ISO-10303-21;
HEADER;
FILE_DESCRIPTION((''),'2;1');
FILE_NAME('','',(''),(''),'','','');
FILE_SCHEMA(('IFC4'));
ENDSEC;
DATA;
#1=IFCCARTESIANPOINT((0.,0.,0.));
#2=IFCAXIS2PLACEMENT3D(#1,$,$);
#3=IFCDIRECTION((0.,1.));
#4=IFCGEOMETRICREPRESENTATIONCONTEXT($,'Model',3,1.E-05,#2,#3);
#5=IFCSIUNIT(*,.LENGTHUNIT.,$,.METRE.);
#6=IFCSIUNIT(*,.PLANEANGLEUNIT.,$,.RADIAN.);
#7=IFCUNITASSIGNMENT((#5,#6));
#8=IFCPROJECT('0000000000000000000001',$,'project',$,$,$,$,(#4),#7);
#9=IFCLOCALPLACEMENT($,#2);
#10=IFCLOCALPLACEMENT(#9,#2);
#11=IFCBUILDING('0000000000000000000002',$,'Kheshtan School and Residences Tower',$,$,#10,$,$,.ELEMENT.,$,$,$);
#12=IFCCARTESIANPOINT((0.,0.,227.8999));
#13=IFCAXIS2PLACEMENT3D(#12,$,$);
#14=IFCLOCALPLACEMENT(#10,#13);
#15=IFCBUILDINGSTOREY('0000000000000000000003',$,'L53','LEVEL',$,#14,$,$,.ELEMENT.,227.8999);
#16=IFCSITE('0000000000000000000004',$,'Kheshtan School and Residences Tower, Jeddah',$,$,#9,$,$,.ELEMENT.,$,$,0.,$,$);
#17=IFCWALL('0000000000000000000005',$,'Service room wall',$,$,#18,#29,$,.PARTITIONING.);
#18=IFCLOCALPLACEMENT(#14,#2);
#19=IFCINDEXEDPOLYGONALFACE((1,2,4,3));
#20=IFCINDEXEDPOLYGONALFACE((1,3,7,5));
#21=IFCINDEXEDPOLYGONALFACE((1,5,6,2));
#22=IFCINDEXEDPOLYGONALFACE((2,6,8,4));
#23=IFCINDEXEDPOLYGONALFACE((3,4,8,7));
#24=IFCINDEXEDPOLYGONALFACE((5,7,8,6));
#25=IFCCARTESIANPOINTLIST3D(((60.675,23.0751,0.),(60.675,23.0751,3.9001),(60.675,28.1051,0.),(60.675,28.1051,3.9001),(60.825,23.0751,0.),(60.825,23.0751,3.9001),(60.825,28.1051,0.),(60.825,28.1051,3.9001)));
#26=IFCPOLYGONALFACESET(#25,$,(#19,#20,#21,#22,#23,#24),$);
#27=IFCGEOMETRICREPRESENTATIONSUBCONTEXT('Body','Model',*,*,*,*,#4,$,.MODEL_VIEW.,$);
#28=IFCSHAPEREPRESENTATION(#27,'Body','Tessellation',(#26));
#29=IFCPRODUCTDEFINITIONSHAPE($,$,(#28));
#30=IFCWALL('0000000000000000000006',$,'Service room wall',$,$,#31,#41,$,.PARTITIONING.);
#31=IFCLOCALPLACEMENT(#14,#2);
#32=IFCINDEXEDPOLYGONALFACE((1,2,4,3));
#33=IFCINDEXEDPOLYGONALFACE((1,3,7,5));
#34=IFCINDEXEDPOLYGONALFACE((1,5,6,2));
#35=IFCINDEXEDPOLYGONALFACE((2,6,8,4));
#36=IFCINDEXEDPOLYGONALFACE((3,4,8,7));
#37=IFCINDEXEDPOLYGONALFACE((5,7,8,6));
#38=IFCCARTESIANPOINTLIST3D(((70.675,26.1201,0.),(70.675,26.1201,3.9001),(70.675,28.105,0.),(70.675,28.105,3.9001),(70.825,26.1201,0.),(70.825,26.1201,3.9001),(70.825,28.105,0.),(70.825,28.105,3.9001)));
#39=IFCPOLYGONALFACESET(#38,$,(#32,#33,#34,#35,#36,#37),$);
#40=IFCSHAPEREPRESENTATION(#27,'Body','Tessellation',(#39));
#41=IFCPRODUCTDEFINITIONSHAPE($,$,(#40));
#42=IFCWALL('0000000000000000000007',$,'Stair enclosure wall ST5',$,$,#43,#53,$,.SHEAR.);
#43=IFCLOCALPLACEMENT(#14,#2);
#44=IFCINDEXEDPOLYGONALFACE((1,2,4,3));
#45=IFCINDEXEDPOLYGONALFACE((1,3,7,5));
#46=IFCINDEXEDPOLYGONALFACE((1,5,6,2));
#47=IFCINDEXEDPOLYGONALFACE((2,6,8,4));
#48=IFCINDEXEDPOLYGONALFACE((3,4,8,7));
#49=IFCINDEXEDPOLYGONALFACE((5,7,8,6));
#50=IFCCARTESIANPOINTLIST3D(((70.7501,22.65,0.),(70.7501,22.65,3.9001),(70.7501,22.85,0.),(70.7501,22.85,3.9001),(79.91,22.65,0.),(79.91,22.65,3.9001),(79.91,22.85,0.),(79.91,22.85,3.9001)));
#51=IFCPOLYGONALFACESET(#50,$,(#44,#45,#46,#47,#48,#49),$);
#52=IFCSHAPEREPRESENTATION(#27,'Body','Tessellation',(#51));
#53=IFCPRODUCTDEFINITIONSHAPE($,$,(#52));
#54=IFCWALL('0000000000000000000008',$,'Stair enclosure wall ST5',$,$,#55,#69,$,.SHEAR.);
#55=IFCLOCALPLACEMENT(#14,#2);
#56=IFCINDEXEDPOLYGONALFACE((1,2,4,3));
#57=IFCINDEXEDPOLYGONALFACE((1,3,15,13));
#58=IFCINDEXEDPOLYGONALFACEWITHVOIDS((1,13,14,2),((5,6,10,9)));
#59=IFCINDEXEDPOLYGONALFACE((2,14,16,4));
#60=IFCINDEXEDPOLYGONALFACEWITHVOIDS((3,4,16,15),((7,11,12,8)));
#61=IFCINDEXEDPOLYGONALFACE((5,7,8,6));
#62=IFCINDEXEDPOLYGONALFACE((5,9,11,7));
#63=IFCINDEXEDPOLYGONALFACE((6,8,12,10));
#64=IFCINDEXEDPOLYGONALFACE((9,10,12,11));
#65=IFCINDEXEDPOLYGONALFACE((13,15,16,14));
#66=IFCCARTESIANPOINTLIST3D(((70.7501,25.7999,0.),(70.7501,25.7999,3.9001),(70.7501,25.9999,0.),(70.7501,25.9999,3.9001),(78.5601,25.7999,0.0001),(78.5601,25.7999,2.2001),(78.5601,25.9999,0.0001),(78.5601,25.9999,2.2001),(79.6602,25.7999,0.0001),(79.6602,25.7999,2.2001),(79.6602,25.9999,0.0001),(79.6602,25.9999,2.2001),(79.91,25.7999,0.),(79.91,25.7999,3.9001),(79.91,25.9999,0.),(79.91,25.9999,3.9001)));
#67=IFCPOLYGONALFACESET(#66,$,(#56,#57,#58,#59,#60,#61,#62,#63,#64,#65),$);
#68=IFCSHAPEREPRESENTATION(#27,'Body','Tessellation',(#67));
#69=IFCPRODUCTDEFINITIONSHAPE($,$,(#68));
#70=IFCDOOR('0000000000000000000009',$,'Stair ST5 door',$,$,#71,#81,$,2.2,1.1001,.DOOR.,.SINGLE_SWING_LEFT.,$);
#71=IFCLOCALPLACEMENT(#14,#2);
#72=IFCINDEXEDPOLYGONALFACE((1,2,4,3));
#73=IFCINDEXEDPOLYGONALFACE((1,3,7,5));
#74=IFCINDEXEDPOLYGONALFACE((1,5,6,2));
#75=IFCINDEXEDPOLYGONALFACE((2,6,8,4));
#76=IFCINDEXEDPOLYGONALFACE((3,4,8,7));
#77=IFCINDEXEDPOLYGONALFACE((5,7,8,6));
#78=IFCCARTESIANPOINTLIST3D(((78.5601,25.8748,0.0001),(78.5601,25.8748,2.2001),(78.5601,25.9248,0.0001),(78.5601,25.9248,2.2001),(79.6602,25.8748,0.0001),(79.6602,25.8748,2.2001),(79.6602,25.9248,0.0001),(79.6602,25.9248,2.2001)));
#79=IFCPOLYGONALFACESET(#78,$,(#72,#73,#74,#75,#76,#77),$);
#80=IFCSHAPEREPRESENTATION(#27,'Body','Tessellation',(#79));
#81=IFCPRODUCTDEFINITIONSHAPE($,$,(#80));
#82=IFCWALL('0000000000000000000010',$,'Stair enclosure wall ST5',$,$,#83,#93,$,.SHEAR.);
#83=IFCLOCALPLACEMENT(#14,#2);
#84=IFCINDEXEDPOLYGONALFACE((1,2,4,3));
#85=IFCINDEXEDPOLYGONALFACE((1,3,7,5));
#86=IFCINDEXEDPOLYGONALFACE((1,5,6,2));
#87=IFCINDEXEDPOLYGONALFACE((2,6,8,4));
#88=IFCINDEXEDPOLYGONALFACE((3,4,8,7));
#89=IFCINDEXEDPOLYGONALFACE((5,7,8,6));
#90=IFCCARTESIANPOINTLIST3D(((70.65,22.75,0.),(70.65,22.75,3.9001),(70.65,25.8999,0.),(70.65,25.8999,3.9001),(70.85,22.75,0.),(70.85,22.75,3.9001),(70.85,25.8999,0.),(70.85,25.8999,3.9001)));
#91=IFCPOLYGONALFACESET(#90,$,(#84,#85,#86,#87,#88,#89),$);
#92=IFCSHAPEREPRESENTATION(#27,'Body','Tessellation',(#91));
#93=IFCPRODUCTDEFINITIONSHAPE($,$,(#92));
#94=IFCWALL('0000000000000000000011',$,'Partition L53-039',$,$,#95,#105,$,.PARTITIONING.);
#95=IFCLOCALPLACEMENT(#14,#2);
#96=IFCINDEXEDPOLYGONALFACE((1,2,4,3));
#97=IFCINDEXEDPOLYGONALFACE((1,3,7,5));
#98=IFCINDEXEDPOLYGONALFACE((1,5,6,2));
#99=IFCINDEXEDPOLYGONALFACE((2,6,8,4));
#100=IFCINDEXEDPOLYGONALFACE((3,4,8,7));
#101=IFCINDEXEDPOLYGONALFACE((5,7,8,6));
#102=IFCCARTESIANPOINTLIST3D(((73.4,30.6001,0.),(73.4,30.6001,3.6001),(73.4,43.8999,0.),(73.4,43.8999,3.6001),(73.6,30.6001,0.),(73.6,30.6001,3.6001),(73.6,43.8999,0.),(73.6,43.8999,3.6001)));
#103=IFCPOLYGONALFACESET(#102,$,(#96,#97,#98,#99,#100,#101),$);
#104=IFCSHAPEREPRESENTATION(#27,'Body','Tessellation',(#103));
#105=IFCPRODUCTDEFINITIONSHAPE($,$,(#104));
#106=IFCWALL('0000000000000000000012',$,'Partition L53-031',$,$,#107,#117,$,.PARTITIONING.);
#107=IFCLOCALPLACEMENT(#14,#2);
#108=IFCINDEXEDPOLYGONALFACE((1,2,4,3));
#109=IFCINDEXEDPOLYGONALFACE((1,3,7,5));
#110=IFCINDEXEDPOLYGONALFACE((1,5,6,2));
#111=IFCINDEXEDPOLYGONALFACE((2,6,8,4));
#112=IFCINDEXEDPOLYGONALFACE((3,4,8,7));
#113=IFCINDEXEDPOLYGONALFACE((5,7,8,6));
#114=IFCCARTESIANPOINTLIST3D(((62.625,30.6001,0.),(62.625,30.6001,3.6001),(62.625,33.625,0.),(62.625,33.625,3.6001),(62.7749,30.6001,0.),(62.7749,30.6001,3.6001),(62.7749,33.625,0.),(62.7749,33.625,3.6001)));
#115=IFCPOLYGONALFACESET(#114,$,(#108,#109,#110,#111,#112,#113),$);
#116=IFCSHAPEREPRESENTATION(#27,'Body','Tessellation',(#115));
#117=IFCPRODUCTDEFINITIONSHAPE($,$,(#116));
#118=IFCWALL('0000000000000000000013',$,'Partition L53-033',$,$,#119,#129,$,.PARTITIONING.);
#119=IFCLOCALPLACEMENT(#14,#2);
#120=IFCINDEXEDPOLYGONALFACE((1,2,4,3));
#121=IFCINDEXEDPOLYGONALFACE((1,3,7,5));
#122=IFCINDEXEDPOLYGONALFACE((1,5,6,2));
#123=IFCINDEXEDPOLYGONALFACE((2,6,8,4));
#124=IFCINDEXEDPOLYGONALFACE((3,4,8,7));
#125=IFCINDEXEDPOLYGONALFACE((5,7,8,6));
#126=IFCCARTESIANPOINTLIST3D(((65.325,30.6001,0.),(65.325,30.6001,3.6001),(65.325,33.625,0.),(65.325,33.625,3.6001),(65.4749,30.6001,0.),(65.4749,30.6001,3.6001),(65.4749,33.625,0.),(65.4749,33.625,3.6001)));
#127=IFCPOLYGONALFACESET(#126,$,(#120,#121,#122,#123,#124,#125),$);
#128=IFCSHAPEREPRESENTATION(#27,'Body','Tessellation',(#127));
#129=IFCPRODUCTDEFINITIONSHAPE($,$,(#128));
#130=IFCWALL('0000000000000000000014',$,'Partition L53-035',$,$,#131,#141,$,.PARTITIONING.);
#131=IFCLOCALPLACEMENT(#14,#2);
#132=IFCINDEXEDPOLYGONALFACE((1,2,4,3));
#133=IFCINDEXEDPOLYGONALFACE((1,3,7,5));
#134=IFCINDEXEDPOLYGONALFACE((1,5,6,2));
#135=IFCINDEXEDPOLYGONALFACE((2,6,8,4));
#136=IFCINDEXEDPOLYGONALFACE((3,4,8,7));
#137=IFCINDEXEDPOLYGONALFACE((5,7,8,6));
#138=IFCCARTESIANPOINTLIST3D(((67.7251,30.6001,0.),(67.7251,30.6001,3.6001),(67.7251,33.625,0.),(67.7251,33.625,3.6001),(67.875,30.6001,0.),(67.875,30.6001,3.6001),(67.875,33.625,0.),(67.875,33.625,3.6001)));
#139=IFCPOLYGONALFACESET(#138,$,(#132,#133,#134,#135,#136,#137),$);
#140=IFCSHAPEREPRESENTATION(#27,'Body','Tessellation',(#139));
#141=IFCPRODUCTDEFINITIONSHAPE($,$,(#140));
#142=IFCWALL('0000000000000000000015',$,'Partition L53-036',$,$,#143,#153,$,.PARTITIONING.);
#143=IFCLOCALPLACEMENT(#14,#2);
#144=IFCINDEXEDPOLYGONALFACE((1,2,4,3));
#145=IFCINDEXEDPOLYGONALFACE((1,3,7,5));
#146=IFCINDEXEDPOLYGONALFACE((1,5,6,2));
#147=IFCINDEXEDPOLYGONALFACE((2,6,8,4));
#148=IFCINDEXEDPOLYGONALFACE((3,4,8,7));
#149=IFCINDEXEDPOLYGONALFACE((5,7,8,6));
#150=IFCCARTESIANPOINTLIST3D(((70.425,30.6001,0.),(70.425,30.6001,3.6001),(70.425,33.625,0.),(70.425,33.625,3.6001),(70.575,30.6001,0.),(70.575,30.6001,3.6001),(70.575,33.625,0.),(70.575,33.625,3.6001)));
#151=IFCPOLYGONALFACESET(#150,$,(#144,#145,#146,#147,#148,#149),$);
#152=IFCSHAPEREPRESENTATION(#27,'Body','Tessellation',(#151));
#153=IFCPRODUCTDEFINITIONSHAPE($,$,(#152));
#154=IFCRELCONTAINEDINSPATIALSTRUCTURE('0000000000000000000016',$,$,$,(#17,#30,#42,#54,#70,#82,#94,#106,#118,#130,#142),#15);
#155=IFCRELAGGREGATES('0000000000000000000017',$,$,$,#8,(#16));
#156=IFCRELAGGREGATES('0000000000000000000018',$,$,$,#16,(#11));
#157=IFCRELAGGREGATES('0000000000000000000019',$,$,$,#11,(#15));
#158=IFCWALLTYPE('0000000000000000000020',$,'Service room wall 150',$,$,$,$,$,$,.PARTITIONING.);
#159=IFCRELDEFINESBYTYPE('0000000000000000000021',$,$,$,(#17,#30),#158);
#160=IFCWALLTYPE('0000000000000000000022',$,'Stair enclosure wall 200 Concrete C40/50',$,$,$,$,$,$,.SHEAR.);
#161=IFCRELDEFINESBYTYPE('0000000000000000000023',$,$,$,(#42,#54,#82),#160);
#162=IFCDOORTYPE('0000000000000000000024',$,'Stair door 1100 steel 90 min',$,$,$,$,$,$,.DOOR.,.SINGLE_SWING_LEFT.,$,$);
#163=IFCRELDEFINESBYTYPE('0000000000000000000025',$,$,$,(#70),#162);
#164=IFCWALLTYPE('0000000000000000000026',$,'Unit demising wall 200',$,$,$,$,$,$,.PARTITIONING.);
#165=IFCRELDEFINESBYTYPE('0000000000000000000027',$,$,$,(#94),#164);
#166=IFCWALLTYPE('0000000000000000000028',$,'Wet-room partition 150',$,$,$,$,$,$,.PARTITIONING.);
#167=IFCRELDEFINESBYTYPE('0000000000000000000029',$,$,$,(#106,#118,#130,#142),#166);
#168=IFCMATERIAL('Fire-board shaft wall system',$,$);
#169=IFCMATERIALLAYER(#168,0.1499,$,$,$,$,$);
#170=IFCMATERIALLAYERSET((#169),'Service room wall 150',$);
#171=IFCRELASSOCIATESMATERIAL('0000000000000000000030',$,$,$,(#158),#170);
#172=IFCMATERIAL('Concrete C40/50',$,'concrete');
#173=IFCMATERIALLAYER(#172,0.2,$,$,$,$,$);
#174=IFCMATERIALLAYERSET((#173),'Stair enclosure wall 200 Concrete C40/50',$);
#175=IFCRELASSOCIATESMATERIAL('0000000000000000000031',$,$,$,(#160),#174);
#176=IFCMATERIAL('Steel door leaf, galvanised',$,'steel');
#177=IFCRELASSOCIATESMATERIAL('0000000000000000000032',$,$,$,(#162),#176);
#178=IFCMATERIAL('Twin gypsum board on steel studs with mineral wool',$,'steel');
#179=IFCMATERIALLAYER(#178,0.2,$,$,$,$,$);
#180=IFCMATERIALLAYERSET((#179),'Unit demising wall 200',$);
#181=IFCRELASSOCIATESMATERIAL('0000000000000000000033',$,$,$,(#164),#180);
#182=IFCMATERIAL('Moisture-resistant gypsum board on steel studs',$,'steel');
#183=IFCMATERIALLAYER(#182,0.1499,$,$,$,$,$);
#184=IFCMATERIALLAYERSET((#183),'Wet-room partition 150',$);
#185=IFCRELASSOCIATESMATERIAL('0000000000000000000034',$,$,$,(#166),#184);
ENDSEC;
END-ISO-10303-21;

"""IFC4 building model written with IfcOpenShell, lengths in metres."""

from ifc_helpers import new_model, si_unit, direction, frame, frame_2d, origin, place, context, subcontext, project, spatial, rectangle, extrude, source, transform, mapped, material, layer, layer_set, type_object, element, fill, save


model = new_model("IFC4")

# Units and contexts
model_context = context("Model", 3, precision=1e-05, world=origin(), true_north=direction((0.0, 1.0)))
body_context = subcontext(model_context, "Body", "Model", "MODEL_VIEW")
ifc_project = project(units=[si_unit("LENGTHUNIT", "METRE"), si_unit("PLANEANGLEUNIT", "RADIAN")], contexts=[model_context])

# Site, building, storey
site_placement = place(None, origin())
site = spatial("IfcSite", under=ifc_project, at=site_placement, Name="Kheshtan School and Residences Tower, Jeddah", CompositionType="ELEMENT", RefElevation=0.0)
building_placement = place(site_placement, origin())
building = spatial("IfcBuilding", under=site, at=building_placement, Name="Kheshtan School and Residences Tower", CompositionType="ELEMENT")
storey_placement = place(building_placement, frame((0.0, 0.0, 227.8999)))
storey = spatial("IfcBuildingStorey", under=building, at=storey_placement, Name="L53", Description="LEVEL", CompositionType="ELEMENT", Elevation=227.8999)

# Shared definitions
ifc_material_1 = material(Name="Fire-board shaft wall system")
ifc_layer_1 = layer(ifc_material_1, 0.1499)
ifc_layer_set_1 = layer_set([ifc_layer_1], Name="Service room wall 150")
wall_type_1 = type_object("IfcWallType", Name="Service room wall 150", PredefinedType="PARTITIONING", material=ifc_layer_set_1)
ifc_material_2 = material(Name="Steel door leaf, galvanised", Category="steel")

# Walls
wall_1_placement = place(storey_placement, frame((60.75, 23.075, 0.0), z_axis=(0.0, 0.0, 1.0), x_axis=(0.0, 1.0, 0.0)))
element("IfcWall", 1, at=wall_1_placement, inside=storey, type_object=wall_type_1, Name="Service room wall", PredefinedType="PARTITIONING", context=body_context, shape_type="SweptSolid", body=[
    extrude(rectangle(XDim=5.03, YDim=0.1499, at=frame_2d((2.5151, 0.0))), origin(), (0.0, 0.0, 1.0), 3.9001),
])
wall_2_placement = place(storey_placement, frame((70.75, 26.1201, 0.0), z_axis=(0.0, 0.0, 1.0), x_axis=(0.0, 1.0, 0.0)))
element("IfcWall", 2, at=wall_2_placement, inside=storey, type_object=wall_type_1, Name="Service room wall", PredefinedType="PARTITIONING", context=body_context, shape_type="SweptSolid", body=[
    extrude(rectangle(XDim=1.9849, YDim=0.1499, at=frame_2d((0.9924, 0.0))), origin(), (0.0, 0.0, 1.0), 3.9001),
])
ifc_material_3 = material(Name="Concrete C40/50", Category="concrete")
ifc_layer_2 = layer(ifc_material_3, 0.2)
ifc_layer_set_2 = layer_set([ifc_layer_2], Name="Stair enclosure wall 200 Concrete C40/50")
wall_type_2 = type_object("IfcWallType", Name="Stair enclosure wall 200 Concrete C40/50", PredefinedType="SHEAR", material=ifc_layer_set_2)
wall_3_placement = place(storey_placement, frame((70.75, 22.75, 0.0), z_axis=(0.0, 0.0, 1.0), x_axis=(1.0, 0.0, 0.0)))
element("IfcWall", 3, at=wall_3_placement, inside=storey, type_object=wall_type_2, Name="Stair enclosure wall ST5", PredefinedType="SHEAR", context=body_context, shape_type="SweptSolid", body=[
    extrude(rectangle(XDim=9.1599, YDim=0.2, at=frame_2d((4.5801, 0.0))), origin(), (0.0, 0.0, 1.0), 3.9001),
])

# Wall, opening, door
wall_4_placement = place(storey_placement, frame((70.75, 25.8999, 0.0), z_axis=(0.0, 0.0, 1.0), x_axis=(1.0, 0.0, 0.0)))
wall_4 = element("IfcWall", 4, at=wall_4_placement, inside=storey, type_object=wall_type_2, Name="Stair enclosure wall ST5", PredefinedType="SHEAR", context=body_context, shape_type="SweptSolid", body=[
    extrude(rectangle(XDim=9.1599, YDim=0.2, at=frame_2d((4.5801, 0.0))), origin(), (0.0, 0.0, 1.0), 3.9001),
])
opening_1_placement = place(wall_4_placement, frame((7.8101, 0.0, 0.0)))
opening_1 = element("IfcOpeningElement", 5, at=opening_1_placement, cuts=wall_4, PredefinedType="OPENING", context=body_context, shape_type="SweptSolid", body=[
    extrude(rectangle(XDim=1.1001, YDim=2.2, at=frame_2d((0.55, 1.1001))), frame((0.0, 0.1099, 0.0), z_axis=(0.0, -1.0, 0.0), x_axis=(1.0, 0.0, 0.0)), (0.0, 0.0, 1.0), 0.22),
])
door_type_1 = type_object("IfcDoorType", Name="Stair door 1100 steel 90 min", OperationType="SINGLE_SWING_LEFT", PredefinedType="DOOR", material=ifc_material_2)
shared_shape_1 = source(origin(), body_context, "Body", "SweptSolid", [
    extrude(rectangle(XDim=1.1001, YDim=2.2, at=frame_2d((0.55, 1.1001))), frame((0.0, 0.0249, 0.0), z_axis=(0.0, -1.0, 0.0), x_axis=(1.0, 0.0, 0.0)), (0.0, 0.0, 1.0), 0.05),
])
door_1_placement = place(opening_1_placement, origin())
door_1 = element("IfcDoor", 6, at=door_1_placement, inside=storey, type_object=door_type_1, Name="Stair ST5 door", OperationType="SINGLE_SWING_LEFT", OverallHeight=2.2, OverallWidth=1.1001, PredefinedType="DOOR", context=body_context, shape_type="MappedRepresentation", body=[
    mapped(shared_shape_1, transform((0.0, 0.0, 0.0), x_axis=(1.0, 0.0, 0.0), y_axis=(0.0, 1.0, 0.0), z_axis=(0.0, 0.0, 1.0), scale=1.0)),
])
fill(opening_1, door_1)

# Walls
wall_5_placement = place(storey_placement, frame((70.75, 22.75, 0.0), z_axis=(0.0, 0.0, 1.0), x_axis=(0.0, 1.0, 0.0)))
element("IfcWall", 7, at=wall_5_placement, inside=storey, type_object=wall_type_2, Name="Stair enclosure wall ST5", PredefinedType="SHEAR", context=body_context, shape_type="SweptSolid", body=[
    extrude(rectangle(XDim=3.1499, YDim=0.2, at=frame_2d((1.575, 0.0))), origin(), (0.0, 0.0, 1.0), 3.9001),
])
ifc_material_4 = material(Name="Twin gypsum board on steel studs with mineral wool", Category="steel")
ifc_layer_3 = layer(ifc_material_4, 0.2)
ifc_layer_set_3 = layer_set([ifc_layer_3], Name="Unit demising wall 200")
wall_type_3 = type_object("IfcWallType", Name="Unit demising wall 200", PredefinedType="PARTITIONING", material=ifc_layer_set_3)
wall_6_placement = place(storey_placement, frame((73.5, 30.6001, 0.0), z_axis=(0.0, 0.0, 1.0), x_axis=(0.0, 1.0, 0.0)))
element("IfcWall", 8, at=wall_6_placement, inside=storey, type_object=wall_type_3, Name="Partition L53-039", PredefinedType="PARTITIONING", context=body_context, shape_type="SweptSolid", body=[
    extrude(rectangle(XDim=13.2998, YDim=0.2, at=frame_2d((6.6499, 0.0))), origin(), (0.0, 0.0, 1.0), 3.6001),
])
ifc_material_5 = material(Name="Moisture-resistant gypsum board on steel studs", Category="steel")
ifc_layer_4 = layer(ifc_material_5, 0.1499)
ifc_layer_set_4 = layer_set([ifc_layer_4], Name="Wet-room partition 150")
wall_type_4 = type_object("IfcWallType", Name="Wet-room partition 150", PredefinedType="PARTITIONING", material=ifc_layer_set_4)
for number, where, z_axis, x_axis, name in (
    (9, (62.7, 30.6001, 0.0), (0.0, 0.0, 1.0), (0.0, 1.0, 0.0), "Partition L53-031"),
    (10, (65.3999, 30.6001, 0.0), (0.0, 0.0, 1.0), (0.0, 1.0, 0.0), "Partition L53-033"),
    (11, (67.8, 30.6001, 0.0), (0.0, 0.0, 1.0), (0.0, 1.0, 0.0), "Partition L53-035"),
    (12, (70.5, 30.6001, 0.0), (0.0, 0.0, 1.0), (0.0, 1.0, 0.0), "Partition L53-036"),
):
    element("IfcWall", number, at=place(storey_placement, frame(where, z_axis=z_axis, x_axis=x_axis)), inside=storey, type_object=wall_type_4, Name=name, PredefinedType="PARTITIONING", context=body_context, shape_type="SweptSolid", body=[
        extrude(rectangle(XDim=3.0249, YDim=0.1499, at=frame_2d((1.5125, 0.0))), origin(), (0.0, 0.0, 1.0), 3.6001),
    ])

save(model, "model.ifc")
